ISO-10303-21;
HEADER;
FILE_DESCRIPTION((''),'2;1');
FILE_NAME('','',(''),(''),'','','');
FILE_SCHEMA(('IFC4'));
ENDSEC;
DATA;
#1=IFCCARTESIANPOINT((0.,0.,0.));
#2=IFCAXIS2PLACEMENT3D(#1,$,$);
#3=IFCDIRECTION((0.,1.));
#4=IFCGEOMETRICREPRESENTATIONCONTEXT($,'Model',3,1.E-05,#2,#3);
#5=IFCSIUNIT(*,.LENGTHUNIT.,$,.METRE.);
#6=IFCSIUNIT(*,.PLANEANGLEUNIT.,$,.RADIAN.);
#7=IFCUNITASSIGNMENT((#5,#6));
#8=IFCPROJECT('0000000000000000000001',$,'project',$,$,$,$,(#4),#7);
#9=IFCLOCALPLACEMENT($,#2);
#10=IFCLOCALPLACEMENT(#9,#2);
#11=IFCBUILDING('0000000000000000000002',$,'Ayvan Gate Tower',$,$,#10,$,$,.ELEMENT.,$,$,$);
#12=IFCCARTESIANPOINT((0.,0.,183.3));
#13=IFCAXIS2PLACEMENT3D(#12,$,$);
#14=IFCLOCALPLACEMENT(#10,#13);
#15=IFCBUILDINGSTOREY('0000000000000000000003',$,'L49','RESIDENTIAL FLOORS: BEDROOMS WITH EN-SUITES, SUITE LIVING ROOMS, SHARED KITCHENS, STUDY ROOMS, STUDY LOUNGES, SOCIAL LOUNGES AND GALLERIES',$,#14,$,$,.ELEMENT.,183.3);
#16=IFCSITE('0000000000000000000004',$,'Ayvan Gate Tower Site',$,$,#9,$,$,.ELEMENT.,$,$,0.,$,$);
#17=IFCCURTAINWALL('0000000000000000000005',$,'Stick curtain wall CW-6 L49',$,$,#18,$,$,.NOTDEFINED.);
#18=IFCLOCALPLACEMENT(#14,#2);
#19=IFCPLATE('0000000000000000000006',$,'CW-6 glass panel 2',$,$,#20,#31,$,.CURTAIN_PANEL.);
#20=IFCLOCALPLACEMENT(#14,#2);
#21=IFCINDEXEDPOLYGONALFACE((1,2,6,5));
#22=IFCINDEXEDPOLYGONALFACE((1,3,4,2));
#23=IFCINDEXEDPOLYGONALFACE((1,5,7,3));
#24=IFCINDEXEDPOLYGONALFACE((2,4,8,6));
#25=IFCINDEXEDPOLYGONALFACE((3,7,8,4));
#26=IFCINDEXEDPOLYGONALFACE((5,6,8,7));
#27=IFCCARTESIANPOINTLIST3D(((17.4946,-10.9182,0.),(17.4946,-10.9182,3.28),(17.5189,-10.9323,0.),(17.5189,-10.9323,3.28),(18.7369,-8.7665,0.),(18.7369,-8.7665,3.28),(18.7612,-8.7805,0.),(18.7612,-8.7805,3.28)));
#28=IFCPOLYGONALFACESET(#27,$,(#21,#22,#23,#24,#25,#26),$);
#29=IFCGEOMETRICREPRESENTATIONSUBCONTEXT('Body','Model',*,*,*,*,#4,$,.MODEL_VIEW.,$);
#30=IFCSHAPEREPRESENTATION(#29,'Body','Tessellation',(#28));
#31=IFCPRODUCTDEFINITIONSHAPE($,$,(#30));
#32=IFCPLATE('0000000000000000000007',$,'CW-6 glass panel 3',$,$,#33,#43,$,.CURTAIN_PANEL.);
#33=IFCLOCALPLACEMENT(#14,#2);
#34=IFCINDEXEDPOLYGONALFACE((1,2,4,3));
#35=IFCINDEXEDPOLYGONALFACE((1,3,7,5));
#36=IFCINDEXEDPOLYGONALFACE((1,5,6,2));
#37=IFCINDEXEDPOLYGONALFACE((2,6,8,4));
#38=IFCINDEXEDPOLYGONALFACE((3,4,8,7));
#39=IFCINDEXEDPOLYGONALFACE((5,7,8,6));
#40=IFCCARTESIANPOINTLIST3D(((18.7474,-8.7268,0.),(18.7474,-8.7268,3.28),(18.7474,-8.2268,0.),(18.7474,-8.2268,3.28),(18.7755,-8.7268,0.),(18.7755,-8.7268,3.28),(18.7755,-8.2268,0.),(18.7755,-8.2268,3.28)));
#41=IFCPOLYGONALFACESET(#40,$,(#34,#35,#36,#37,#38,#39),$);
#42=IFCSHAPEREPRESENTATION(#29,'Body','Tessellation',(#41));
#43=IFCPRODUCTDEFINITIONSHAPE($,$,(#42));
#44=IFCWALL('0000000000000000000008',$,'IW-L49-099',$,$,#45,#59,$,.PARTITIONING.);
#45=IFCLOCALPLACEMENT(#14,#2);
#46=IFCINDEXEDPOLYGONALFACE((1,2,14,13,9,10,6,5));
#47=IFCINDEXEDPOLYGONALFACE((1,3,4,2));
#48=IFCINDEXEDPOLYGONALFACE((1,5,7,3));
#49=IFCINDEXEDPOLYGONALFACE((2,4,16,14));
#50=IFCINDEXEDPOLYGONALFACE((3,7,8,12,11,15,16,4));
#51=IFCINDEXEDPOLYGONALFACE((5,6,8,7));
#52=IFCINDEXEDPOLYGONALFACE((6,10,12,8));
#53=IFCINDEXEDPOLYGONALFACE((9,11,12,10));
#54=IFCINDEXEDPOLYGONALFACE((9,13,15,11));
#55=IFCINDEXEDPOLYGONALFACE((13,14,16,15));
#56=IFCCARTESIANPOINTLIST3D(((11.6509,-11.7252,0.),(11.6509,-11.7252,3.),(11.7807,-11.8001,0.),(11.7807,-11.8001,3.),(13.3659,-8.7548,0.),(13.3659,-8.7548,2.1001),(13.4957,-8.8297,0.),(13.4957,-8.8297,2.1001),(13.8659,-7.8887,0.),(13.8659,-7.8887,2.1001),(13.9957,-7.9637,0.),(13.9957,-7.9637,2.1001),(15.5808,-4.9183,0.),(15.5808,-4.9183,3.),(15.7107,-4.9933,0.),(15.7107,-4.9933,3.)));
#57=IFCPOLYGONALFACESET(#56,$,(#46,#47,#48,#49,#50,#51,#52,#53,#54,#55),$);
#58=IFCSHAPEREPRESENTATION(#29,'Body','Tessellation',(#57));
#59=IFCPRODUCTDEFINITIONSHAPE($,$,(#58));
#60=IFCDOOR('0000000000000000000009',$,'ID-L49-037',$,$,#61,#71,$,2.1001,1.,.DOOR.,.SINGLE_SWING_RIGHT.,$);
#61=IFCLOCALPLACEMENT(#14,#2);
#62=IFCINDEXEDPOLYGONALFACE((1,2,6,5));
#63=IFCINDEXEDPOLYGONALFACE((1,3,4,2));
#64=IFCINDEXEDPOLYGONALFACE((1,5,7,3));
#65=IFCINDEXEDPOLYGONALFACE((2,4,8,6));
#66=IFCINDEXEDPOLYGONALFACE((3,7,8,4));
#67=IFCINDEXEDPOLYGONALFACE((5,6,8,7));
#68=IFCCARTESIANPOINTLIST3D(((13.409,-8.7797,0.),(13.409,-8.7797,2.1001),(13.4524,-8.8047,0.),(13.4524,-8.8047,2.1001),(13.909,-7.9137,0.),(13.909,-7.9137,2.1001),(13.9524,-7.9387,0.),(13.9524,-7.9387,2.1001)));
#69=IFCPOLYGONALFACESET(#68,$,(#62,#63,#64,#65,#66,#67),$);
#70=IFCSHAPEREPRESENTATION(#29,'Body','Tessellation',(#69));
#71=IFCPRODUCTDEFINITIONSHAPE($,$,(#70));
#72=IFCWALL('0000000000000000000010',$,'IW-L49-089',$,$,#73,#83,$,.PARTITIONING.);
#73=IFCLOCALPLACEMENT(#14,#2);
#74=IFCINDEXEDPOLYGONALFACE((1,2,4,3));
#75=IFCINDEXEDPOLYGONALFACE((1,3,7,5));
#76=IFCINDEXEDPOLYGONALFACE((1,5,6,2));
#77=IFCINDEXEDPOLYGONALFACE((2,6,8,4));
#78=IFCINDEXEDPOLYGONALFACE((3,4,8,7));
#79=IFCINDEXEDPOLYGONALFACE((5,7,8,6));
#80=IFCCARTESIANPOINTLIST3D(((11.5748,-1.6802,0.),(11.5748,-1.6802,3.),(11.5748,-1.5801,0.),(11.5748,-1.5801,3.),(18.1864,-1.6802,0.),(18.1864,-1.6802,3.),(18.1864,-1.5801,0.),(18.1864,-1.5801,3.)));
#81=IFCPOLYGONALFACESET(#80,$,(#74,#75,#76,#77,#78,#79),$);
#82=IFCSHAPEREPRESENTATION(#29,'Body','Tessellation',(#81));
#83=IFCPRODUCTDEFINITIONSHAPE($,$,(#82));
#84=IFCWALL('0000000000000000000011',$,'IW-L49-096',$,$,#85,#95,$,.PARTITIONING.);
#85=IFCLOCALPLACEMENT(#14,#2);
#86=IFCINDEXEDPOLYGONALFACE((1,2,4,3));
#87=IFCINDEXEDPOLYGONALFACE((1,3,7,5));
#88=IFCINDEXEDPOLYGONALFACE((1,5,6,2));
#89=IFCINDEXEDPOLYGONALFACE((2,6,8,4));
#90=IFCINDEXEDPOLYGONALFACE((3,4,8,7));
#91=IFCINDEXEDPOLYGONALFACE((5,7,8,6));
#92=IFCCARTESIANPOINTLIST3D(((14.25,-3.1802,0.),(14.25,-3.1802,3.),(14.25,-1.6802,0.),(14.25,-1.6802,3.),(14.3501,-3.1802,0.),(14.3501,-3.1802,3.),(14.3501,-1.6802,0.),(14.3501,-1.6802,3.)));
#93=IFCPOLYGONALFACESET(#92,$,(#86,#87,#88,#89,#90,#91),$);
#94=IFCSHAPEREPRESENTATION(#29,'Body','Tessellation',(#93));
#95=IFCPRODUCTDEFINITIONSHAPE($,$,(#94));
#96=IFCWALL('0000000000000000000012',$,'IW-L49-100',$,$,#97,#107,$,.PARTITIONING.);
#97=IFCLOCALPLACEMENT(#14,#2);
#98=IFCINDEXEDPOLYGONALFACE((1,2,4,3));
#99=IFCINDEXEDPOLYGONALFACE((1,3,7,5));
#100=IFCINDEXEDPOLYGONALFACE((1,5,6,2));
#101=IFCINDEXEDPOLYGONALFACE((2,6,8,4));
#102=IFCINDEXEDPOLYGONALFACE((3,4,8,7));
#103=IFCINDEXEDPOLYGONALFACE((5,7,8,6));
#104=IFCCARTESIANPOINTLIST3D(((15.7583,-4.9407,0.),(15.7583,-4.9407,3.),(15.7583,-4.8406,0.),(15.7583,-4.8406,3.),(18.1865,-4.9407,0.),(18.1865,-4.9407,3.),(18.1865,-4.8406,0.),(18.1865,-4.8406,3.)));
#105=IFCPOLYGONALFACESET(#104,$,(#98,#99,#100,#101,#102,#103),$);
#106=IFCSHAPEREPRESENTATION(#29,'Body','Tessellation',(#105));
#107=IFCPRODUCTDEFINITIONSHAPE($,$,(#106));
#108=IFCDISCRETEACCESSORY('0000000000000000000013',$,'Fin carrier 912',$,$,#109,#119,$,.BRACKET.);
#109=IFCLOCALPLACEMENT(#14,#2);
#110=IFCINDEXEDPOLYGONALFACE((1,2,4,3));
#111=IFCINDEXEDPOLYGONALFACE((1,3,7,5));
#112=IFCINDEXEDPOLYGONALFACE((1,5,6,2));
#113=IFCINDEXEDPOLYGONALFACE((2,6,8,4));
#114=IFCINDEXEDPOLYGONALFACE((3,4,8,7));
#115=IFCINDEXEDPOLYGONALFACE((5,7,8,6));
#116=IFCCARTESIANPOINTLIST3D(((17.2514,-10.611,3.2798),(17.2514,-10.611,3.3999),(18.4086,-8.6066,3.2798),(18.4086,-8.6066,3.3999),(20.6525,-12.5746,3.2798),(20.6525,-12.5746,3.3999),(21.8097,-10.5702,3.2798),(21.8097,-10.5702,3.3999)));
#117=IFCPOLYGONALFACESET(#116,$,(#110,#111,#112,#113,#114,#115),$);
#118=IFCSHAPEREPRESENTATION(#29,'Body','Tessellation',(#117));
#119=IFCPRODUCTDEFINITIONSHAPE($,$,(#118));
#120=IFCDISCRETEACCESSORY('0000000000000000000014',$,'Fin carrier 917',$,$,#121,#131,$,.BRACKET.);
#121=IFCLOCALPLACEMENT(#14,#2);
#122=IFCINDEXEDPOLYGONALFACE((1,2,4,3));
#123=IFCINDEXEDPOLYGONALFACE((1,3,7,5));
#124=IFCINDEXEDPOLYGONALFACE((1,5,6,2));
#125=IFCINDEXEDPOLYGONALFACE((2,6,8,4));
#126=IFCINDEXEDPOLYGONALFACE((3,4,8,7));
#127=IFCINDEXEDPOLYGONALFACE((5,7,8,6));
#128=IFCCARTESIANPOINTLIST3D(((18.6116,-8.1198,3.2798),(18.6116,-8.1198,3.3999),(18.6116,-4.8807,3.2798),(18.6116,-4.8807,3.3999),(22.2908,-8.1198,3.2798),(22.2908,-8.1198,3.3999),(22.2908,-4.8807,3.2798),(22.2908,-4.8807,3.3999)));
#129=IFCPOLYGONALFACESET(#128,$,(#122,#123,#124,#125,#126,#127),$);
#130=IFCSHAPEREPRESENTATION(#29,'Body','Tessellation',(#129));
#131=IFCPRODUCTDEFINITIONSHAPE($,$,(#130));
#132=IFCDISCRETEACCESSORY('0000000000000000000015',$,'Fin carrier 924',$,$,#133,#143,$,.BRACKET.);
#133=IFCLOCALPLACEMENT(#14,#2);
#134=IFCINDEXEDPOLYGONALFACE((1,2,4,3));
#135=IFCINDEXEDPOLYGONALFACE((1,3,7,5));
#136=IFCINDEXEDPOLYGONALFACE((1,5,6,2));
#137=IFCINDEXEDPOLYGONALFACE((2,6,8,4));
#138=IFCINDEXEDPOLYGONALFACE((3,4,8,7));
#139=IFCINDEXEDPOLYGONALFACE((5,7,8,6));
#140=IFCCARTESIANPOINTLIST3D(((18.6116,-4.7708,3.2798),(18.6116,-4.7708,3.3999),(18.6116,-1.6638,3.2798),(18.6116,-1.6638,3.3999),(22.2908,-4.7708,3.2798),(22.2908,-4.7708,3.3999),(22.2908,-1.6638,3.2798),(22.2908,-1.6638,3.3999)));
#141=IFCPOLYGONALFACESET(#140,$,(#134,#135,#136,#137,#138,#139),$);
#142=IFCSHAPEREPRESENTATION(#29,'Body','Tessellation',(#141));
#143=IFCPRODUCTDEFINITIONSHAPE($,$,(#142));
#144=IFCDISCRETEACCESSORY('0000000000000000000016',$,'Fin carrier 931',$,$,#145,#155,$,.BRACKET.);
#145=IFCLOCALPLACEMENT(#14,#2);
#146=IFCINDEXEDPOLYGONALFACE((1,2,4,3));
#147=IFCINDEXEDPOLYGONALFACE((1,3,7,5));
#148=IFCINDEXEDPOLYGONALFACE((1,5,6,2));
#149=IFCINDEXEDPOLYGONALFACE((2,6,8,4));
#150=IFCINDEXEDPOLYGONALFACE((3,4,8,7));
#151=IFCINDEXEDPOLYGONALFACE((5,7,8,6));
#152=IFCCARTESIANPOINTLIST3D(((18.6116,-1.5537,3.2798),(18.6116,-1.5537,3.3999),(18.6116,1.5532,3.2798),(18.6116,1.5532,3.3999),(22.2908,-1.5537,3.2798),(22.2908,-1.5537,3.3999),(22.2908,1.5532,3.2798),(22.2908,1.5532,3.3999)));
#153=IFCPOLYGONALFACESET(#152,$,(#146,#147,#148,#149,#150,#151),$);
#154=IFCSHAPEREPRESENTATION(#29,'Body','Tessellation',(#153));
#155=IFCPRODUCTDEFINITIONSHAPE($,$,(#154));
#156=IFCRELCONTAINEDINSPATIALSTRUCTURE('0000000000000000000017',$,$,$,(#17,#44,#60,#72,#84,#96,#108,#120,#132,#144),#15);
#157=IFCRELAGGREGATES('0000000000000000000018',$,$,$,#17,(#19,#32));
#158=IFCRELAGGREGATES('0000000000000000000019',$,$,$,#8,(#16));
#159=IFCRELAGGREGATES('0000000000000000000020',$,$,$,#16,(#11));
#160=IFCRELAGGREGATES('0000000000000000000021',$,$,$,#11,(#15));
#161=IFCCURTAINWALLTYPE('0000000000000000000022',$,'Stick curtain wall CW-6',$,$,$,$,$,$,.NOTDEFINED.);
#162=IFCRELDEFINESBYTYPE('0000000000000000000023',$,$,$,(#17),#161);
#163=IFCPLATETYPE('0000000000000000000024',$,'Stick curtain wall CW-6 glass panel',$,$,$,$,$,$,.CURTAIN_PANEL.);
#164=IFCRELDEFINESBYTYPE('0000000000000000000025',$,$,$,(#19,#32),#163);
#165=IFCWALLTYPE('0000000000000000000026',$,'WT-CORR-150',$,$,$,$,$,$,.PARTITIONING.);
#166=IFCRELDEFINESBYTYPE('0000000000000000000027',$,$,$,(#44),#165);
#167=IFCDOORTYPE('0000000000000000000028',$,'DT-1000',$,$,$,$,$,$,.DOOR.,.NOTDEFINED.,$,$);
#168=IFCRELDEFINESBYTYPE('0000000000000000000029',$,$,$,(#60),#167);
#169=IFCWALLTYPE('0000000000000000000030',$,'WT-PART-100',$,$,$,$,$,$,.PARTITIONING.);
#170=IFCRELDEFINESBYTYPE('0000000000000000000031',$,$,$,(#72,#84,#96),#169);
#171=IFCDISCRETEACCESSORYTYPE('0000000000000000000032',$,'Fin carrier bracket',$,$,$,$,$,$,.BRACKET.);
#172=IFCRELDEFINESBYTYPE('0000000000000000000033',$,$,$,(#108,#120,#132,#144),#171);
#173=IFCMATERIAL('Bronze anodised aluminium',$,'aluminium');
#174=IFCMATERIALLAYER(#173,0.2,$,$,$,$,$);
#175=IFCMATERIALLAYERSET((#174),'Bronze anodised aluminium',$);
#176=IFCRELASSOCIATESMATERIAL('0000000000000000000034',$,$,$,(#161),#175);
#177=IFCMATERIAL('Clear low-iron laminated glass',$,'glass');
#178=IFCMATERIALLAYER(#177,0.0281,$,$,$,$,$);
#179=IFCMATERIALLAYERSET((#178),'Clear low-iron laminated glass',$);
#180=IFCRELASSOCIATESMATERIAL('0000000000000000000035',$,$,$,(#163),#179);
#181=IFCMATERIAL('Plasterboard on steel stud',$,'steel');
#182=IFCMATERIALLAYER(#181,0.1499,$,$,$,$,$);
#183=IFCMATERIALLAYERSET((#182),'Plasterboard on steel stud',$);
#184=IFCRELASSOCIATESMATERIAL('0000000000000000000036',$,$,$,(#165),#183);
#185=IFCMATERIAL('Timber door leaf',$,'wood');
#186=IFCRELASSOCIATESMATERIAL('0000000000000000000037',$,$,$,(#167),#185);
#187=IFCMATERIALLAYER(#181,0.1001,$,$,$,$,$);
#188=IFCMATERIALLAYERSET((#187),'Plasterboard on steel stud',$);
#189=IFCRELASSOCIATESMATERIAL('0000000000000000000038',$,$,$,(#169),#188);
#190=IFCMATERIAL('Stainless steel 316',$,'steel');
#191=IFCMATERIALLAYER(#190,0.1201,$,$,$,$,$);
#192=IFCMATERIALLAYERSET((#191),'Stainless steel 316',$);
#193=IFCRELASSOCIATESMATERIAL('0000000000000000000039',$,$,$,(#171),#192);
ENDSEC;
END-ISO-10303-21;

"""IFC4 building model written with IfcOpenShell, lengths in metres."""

from ifc_helpers import new_model, si_unit, direction, frame, frame_2d, origin, origin_2d, place, context, subcontext, project, spatial, rectangle, extrude, material, layer, layer_set, type_object, element, fill, aggregate, save


model = new_model("IFC4")

# Units and contexts
model_context = context("Model", 3, precision=1e-05, world=origin(), true_north=direction((0.0, 1.0)))
body_context = subcontext(model_context, "Body", "Model", "MODEL_VIEW")
ifc_project = project(units=[si_unit("LENGTHUNIT", "METRE"), si_unit("PLANEANGLEUNIT", "RADIAN")], contexts=[model_context])

# Site, building, storey
site_placement = place(None, origin())
site = spatial("IfcSite", under=ifc_project, at=site_placement, Name="Ayvan Gate Tower Site", CompositionType="ELEMENT", RefElevation=0.0)
building_placement = place(site_placement, origin())
building = spatial("IfcBuilding", under=site, at=building_placement, Name="Ayvan Gate Tower", CompositionType="ELEMENT")
storey_placement = place(building_placement, frame((0.0, 0.0, 183.3)))
storey = spatial("IfcBuildingStorey", under=building, at=storey_placement, Name="L49", Description="RESIDENTIAL FLOORS: BEDROOMS WITH EN-SUITES, SUITE LIVING ROOMS, SHARED KITCHENS, STUDY ROOMS, STUDY LOUNGES, SOCIAL LOUNGES AND GALLERIES", CompositionType="ELEMENT", Elevation=183.3)

# Curtain wall
ifc_material_1 = material(Name="Bronze anodised aluminium", Category="aluminium")
ifc_layer_1 = layer(ifc_material_1, 0.2)
ifc_layer_set_1 = layer_set([ifc_layer_1], Name="Bronze anodised aluminium")
curtain_wall_type_1 = type_object("IfcCurtainWallType", Name="Stick curtain wall CW-6", PredefinedType="NOTDEFINED", material=ifc_layer_set_1)
curtain_wall_1_placement = place(storey_placement, origin())
curtain_wall_1 = element("IfcCurtainWall", 1, at=curtain_wall_1_placement, inside=storey, type_object=curtain_wall_type_1, Name="Stick curtain wall CW-6 L49", PredefinedType="NOTDEFINED")

# Plates
ifc_material_2 = material(Name="Clear low-iron laminated glass", Category="glass")
ifc_layer_2 = layer(ifc_material_2, 0.0281)
ifc_layer_set_2 = layer_set([ifc_layer_2], Name="Clear low-iron laminated glass")
plate_type_1 = type_object("IfcPlateType", Name="Stick curtain wall CW-6 glass panel", PredefinedType="CURTAIN_PANEL", material=ifc_layer_set_2)
plate_1_placement = place(storey_placement, frame((18.1279, -9.8494, 0.0), z_axis=(0.0, 0.0, 1.0), x_axis=(0.5, 0.866025, 0.0)))
plate_1 = element("IfcPlate", 2, at=plate_1_placement, type_object=plate_type_1, Name="CW-6 glass panel 2", PredefinedType="CURTAIN_PANEL", context=body_context, shape_type="SweptSolid", body=[
    extrude(rectangle(XDim=2.4846, YDim=0.0281, at=origin_2d()), origin(), (0.0, 0.0, 1.0), 3.28),
])
plate_2_placement = place(storey_placement, frame((18.7615, -8.4768, 0.0), z_axis=(0.0, 0.0, 1.0), x_axis=(0.0, 1.0, 0.0)))
plate_2 = element("IfcPlate", 3, at=plate_2_placement, type_object=plate_type_1, Name="CW-6 glass panel 3", PredefinedType="CURTAIN_PANEL", context=body_context, shape_type="SweptSolid", body=[
    extrude(rectangle(XDim=0.5, YDim=0.0281, at=origin_2d()), origin(), (0.0, 0.0, 1.0), 3.28),
])
aggregate(curtain_wall_1, [plate_1, plate_2])

# Wall, opening, door
ifc_material_3 = material(Name="Plasterboard on steel stud", Category="steel")
ifc_layer_3 = layer(ifc_material_3, 0.1499)
ifc_layer_set_3 = layer_set([ifc_layer_3], Name="Plasterboard on steel stud")
wall_type_1 = type_object("IfcWallType", Name="WT-CORR-150", PredefinedType="PARTITIONING", material=ifc_layer_set_3)
wall_1_placement = place(storey_placement, frame((15.6458, -4.9558, 0.0), z_axis=(0.0, 0.0, 1.0), x_axis=(-0.499998, -0.866027, 0.0)))
wall_1 = element("IfcWall", 4, at=wall_1_placement, inside=storey, type_object=wall_type_1, Name="IW-L49-099", PredefinedType="PARTITIONING", context=body_context, shape_type="SweptSolid", body=[
    extrude(rectangle(XDim=7.8599, YDim=0.1499, at=frame_2d((3.9299, 0.0))), origin(), (0.0, 0.0, 1.0), 3.0),
])
opening_placement = place(wall_1_placement, frame((3.4299, 0.0, 0.0)))
opening = element("IfcOpeningElement", 5, at=opening_placement, cuts=wall_1, PredefinedType="OPENING", context=body_context, shape_type="SweptSolid", body=[
    extrude(rectangle(XDim=1.0, YDim=2.1001, at=frame_2d((0.5, 1.05))), frame((0.0, 0.085, 0.0), z_axis=(0.0, -1.0, 0.0), x_axis=(1.0, 0.0, 0.0)), (0.0, 0.0, 1.0), 0.1699),
])
ifc_material_4 = material(Name="Timber door leaf", Category="wood")
door_type = type_object("IfcDoorType", Name="DT-1000", OperationType="NOTDEFINED", PredefinedType="DOOR", material=ifc_material_4)
door_placement = place(opening_placement, origin())
door = element("IfcDoor", 6, at=door_placement, inside=storey, type_object=door_type, Name="ID-L49-037", OperationType="SINGLE_SWING_RIGHT", OverallHeight=2.1001, OverallWidth=1.0, PredefinedType="DOOR", context=body_context, shape_type="SweptSolid", body=[
    extrude(rectangle(XDim=1.0, YDim=2.1001, at=frame_2d((0.5, 1.05))), frame((0.0, 0.0249, 0.0), z_axis=(0.0, -1.0, 0.0), x_axis=(1.0, 0.0, 0.0)), (0.0, 0.0, 1.0), 0.05),
])
fill(opening, door)

# Walls
ifc_layer_4 = layer(ifc_material_3, 0.1001)
ifc_layer_set_4 = layer_set([ifc_layer_4], Name="Plasterboard on steel stud")
wall_type_2 = type_object("IfcWallType", Name="WT-PART-100", PredefinedType="PARTITIONING", material=ifc_layer_set_4)
wall_2_placement = place(storey_placement, frame((11.575, -1.6301, 0.0), z_axis=(0.0, 0.0, 1.0), x_axis=(1.0, 0.0, 0.0)))
element("IfcWall", 7, at=wall_2_placement, inside=storey, type_object=wall_type_2, Name="IW-L49-089", PredefinedType="PARTITIONING", context=body_context, shape_type="SweptSolid", body=[
    extrude(rectangle(XDim=6.6116, YDim=0.1001, at=frame_2d((3.3057, 0.0))), origin(), (0.0, 0.0, 1.0), 3.0),
])
wall_3_placement = place(storey_placement, frame((14.3, -3.1802, 0.0), z_axis=(0.0, 0.0, 1.0), x_axis=(0.0, 1.0, 0.0)))
element("IfcWall", 8, at=wall_3_placement, inside=storey, type_object=wall_type_2, Name="IW-L49-096", PredefinedType="PARTITIONING", context=body_context, shape_type="SweptSolid", body=[
    extrude(rectangle(XDim=1.5, YDim=0.1001, at=frame_2d((0.75, 0.0))), origin(), (0.0, 0.0, 1.0), 3.0),
])
wall_4_placement = place(storey_placement, frame((18.1865, -4.8906, 0.0), z_axis=(0.0, 0.0, 1.0), x_axis=(-1.0, 0.0, 0.0)))
element("IfcWall", 9, at=wall_4_placement, inside=storey, type_object=wall_type_2, Name="IW-L49-100", PredefinedType="PARTITIONING", context=body_context, shape_type="SweptSolid", body=[
    extrude(rectangle(XDim=2.4282, YDim=0.1001, at=frame_2d((1.2141, 0.0))), origin(), (0.0, 0.0, 1.0), 3.0),
])

# Discrete accessories
ifc_material_5 = material(Name="Stainless steel 316", Category="steel")
ifc_layer_5 = layer(ifc_material_5, 0.1201)
ifc_layer_set_5 = layer_set([ifc_layer_5], Name="Stainless steel 316")
discrete_accessory_type = type_object("IfcDiscreteAccessoryType", Name="Fin carrier bracket", PredefinedType="BRACKET", material=ifc_layer_set_5)
discrete_accessory_1_placement = place(storey_placement, frame((19.5305, -10.5906, 3.2798), z_axis=(0.0, 0.0, 1.0), x_axis=(0.5, 0.866025, 0.0)))
element("IfcDiscreteAccessory", 10, at=discrete_accessory_1_placement, inside=storey, type_object=discrete_accessory_type, Name="Fin carrier 912", PredefinedType="BRACKET", context=body_context, shape_type="SweptSolid", body=[
    extrude(rectangle(XDim=2.3145, YDim=3.9272, at=origin_2d()), origin(), (0.0, 0.0, 1.0), 0.1201),
])
discrete_accessory_2_placement = place(storey_placement, frame((20.4512, -6.5002, 3.2798), z_axis=(0.0, 0.0, 1.0), x_axis=(0.0, 1.0, 0.0)))
element("IfcDiscreteAccessory", 11, at=discrete_accessory_2_placement, inside=storey, type_object=discrete_accessory_type, Name="Fin carrier 917", PredefinedType="BRACKET", context=body_context, shape_type="SweptSolid", body=[
    extrude(rectangle(XDim=3.239, YDim=3.6792, at=origin_2d()), origin(), (0.0, 0.0, 1.0), 0.1201),
])
for number, where, z_axis, x_axis, name in (
    (12, (20.4512, -3.2173, 3.2798), (0.0, 0.0, 1.0), (0.0, 1.0, 0.0), "Fin carrier 924"),
    (13, (20.4512, -0.0002, 3.2798), (0.0, 0.0, 1.0), (0.0, 1.0, 0.0), "Fin carrier 931"),
):
    element("IfcDiscreteAccessory", number, at=place(storey_placement, frame(where, z_axis=z_axis, x_axis=x_axis)), inside=storey, type_object=discrete_accessory_type, Name=name, PredefinedType="BRACKET", context=body_context, shape_type="SweptSolid", body=[
        extrude(rectangle(XDim=3.1069, YDim=3.6792, at=origin_2d()), origin(), (0.0, 0.0, 1.0), 0.1201),
    ])

save(model, "model.ifc")
